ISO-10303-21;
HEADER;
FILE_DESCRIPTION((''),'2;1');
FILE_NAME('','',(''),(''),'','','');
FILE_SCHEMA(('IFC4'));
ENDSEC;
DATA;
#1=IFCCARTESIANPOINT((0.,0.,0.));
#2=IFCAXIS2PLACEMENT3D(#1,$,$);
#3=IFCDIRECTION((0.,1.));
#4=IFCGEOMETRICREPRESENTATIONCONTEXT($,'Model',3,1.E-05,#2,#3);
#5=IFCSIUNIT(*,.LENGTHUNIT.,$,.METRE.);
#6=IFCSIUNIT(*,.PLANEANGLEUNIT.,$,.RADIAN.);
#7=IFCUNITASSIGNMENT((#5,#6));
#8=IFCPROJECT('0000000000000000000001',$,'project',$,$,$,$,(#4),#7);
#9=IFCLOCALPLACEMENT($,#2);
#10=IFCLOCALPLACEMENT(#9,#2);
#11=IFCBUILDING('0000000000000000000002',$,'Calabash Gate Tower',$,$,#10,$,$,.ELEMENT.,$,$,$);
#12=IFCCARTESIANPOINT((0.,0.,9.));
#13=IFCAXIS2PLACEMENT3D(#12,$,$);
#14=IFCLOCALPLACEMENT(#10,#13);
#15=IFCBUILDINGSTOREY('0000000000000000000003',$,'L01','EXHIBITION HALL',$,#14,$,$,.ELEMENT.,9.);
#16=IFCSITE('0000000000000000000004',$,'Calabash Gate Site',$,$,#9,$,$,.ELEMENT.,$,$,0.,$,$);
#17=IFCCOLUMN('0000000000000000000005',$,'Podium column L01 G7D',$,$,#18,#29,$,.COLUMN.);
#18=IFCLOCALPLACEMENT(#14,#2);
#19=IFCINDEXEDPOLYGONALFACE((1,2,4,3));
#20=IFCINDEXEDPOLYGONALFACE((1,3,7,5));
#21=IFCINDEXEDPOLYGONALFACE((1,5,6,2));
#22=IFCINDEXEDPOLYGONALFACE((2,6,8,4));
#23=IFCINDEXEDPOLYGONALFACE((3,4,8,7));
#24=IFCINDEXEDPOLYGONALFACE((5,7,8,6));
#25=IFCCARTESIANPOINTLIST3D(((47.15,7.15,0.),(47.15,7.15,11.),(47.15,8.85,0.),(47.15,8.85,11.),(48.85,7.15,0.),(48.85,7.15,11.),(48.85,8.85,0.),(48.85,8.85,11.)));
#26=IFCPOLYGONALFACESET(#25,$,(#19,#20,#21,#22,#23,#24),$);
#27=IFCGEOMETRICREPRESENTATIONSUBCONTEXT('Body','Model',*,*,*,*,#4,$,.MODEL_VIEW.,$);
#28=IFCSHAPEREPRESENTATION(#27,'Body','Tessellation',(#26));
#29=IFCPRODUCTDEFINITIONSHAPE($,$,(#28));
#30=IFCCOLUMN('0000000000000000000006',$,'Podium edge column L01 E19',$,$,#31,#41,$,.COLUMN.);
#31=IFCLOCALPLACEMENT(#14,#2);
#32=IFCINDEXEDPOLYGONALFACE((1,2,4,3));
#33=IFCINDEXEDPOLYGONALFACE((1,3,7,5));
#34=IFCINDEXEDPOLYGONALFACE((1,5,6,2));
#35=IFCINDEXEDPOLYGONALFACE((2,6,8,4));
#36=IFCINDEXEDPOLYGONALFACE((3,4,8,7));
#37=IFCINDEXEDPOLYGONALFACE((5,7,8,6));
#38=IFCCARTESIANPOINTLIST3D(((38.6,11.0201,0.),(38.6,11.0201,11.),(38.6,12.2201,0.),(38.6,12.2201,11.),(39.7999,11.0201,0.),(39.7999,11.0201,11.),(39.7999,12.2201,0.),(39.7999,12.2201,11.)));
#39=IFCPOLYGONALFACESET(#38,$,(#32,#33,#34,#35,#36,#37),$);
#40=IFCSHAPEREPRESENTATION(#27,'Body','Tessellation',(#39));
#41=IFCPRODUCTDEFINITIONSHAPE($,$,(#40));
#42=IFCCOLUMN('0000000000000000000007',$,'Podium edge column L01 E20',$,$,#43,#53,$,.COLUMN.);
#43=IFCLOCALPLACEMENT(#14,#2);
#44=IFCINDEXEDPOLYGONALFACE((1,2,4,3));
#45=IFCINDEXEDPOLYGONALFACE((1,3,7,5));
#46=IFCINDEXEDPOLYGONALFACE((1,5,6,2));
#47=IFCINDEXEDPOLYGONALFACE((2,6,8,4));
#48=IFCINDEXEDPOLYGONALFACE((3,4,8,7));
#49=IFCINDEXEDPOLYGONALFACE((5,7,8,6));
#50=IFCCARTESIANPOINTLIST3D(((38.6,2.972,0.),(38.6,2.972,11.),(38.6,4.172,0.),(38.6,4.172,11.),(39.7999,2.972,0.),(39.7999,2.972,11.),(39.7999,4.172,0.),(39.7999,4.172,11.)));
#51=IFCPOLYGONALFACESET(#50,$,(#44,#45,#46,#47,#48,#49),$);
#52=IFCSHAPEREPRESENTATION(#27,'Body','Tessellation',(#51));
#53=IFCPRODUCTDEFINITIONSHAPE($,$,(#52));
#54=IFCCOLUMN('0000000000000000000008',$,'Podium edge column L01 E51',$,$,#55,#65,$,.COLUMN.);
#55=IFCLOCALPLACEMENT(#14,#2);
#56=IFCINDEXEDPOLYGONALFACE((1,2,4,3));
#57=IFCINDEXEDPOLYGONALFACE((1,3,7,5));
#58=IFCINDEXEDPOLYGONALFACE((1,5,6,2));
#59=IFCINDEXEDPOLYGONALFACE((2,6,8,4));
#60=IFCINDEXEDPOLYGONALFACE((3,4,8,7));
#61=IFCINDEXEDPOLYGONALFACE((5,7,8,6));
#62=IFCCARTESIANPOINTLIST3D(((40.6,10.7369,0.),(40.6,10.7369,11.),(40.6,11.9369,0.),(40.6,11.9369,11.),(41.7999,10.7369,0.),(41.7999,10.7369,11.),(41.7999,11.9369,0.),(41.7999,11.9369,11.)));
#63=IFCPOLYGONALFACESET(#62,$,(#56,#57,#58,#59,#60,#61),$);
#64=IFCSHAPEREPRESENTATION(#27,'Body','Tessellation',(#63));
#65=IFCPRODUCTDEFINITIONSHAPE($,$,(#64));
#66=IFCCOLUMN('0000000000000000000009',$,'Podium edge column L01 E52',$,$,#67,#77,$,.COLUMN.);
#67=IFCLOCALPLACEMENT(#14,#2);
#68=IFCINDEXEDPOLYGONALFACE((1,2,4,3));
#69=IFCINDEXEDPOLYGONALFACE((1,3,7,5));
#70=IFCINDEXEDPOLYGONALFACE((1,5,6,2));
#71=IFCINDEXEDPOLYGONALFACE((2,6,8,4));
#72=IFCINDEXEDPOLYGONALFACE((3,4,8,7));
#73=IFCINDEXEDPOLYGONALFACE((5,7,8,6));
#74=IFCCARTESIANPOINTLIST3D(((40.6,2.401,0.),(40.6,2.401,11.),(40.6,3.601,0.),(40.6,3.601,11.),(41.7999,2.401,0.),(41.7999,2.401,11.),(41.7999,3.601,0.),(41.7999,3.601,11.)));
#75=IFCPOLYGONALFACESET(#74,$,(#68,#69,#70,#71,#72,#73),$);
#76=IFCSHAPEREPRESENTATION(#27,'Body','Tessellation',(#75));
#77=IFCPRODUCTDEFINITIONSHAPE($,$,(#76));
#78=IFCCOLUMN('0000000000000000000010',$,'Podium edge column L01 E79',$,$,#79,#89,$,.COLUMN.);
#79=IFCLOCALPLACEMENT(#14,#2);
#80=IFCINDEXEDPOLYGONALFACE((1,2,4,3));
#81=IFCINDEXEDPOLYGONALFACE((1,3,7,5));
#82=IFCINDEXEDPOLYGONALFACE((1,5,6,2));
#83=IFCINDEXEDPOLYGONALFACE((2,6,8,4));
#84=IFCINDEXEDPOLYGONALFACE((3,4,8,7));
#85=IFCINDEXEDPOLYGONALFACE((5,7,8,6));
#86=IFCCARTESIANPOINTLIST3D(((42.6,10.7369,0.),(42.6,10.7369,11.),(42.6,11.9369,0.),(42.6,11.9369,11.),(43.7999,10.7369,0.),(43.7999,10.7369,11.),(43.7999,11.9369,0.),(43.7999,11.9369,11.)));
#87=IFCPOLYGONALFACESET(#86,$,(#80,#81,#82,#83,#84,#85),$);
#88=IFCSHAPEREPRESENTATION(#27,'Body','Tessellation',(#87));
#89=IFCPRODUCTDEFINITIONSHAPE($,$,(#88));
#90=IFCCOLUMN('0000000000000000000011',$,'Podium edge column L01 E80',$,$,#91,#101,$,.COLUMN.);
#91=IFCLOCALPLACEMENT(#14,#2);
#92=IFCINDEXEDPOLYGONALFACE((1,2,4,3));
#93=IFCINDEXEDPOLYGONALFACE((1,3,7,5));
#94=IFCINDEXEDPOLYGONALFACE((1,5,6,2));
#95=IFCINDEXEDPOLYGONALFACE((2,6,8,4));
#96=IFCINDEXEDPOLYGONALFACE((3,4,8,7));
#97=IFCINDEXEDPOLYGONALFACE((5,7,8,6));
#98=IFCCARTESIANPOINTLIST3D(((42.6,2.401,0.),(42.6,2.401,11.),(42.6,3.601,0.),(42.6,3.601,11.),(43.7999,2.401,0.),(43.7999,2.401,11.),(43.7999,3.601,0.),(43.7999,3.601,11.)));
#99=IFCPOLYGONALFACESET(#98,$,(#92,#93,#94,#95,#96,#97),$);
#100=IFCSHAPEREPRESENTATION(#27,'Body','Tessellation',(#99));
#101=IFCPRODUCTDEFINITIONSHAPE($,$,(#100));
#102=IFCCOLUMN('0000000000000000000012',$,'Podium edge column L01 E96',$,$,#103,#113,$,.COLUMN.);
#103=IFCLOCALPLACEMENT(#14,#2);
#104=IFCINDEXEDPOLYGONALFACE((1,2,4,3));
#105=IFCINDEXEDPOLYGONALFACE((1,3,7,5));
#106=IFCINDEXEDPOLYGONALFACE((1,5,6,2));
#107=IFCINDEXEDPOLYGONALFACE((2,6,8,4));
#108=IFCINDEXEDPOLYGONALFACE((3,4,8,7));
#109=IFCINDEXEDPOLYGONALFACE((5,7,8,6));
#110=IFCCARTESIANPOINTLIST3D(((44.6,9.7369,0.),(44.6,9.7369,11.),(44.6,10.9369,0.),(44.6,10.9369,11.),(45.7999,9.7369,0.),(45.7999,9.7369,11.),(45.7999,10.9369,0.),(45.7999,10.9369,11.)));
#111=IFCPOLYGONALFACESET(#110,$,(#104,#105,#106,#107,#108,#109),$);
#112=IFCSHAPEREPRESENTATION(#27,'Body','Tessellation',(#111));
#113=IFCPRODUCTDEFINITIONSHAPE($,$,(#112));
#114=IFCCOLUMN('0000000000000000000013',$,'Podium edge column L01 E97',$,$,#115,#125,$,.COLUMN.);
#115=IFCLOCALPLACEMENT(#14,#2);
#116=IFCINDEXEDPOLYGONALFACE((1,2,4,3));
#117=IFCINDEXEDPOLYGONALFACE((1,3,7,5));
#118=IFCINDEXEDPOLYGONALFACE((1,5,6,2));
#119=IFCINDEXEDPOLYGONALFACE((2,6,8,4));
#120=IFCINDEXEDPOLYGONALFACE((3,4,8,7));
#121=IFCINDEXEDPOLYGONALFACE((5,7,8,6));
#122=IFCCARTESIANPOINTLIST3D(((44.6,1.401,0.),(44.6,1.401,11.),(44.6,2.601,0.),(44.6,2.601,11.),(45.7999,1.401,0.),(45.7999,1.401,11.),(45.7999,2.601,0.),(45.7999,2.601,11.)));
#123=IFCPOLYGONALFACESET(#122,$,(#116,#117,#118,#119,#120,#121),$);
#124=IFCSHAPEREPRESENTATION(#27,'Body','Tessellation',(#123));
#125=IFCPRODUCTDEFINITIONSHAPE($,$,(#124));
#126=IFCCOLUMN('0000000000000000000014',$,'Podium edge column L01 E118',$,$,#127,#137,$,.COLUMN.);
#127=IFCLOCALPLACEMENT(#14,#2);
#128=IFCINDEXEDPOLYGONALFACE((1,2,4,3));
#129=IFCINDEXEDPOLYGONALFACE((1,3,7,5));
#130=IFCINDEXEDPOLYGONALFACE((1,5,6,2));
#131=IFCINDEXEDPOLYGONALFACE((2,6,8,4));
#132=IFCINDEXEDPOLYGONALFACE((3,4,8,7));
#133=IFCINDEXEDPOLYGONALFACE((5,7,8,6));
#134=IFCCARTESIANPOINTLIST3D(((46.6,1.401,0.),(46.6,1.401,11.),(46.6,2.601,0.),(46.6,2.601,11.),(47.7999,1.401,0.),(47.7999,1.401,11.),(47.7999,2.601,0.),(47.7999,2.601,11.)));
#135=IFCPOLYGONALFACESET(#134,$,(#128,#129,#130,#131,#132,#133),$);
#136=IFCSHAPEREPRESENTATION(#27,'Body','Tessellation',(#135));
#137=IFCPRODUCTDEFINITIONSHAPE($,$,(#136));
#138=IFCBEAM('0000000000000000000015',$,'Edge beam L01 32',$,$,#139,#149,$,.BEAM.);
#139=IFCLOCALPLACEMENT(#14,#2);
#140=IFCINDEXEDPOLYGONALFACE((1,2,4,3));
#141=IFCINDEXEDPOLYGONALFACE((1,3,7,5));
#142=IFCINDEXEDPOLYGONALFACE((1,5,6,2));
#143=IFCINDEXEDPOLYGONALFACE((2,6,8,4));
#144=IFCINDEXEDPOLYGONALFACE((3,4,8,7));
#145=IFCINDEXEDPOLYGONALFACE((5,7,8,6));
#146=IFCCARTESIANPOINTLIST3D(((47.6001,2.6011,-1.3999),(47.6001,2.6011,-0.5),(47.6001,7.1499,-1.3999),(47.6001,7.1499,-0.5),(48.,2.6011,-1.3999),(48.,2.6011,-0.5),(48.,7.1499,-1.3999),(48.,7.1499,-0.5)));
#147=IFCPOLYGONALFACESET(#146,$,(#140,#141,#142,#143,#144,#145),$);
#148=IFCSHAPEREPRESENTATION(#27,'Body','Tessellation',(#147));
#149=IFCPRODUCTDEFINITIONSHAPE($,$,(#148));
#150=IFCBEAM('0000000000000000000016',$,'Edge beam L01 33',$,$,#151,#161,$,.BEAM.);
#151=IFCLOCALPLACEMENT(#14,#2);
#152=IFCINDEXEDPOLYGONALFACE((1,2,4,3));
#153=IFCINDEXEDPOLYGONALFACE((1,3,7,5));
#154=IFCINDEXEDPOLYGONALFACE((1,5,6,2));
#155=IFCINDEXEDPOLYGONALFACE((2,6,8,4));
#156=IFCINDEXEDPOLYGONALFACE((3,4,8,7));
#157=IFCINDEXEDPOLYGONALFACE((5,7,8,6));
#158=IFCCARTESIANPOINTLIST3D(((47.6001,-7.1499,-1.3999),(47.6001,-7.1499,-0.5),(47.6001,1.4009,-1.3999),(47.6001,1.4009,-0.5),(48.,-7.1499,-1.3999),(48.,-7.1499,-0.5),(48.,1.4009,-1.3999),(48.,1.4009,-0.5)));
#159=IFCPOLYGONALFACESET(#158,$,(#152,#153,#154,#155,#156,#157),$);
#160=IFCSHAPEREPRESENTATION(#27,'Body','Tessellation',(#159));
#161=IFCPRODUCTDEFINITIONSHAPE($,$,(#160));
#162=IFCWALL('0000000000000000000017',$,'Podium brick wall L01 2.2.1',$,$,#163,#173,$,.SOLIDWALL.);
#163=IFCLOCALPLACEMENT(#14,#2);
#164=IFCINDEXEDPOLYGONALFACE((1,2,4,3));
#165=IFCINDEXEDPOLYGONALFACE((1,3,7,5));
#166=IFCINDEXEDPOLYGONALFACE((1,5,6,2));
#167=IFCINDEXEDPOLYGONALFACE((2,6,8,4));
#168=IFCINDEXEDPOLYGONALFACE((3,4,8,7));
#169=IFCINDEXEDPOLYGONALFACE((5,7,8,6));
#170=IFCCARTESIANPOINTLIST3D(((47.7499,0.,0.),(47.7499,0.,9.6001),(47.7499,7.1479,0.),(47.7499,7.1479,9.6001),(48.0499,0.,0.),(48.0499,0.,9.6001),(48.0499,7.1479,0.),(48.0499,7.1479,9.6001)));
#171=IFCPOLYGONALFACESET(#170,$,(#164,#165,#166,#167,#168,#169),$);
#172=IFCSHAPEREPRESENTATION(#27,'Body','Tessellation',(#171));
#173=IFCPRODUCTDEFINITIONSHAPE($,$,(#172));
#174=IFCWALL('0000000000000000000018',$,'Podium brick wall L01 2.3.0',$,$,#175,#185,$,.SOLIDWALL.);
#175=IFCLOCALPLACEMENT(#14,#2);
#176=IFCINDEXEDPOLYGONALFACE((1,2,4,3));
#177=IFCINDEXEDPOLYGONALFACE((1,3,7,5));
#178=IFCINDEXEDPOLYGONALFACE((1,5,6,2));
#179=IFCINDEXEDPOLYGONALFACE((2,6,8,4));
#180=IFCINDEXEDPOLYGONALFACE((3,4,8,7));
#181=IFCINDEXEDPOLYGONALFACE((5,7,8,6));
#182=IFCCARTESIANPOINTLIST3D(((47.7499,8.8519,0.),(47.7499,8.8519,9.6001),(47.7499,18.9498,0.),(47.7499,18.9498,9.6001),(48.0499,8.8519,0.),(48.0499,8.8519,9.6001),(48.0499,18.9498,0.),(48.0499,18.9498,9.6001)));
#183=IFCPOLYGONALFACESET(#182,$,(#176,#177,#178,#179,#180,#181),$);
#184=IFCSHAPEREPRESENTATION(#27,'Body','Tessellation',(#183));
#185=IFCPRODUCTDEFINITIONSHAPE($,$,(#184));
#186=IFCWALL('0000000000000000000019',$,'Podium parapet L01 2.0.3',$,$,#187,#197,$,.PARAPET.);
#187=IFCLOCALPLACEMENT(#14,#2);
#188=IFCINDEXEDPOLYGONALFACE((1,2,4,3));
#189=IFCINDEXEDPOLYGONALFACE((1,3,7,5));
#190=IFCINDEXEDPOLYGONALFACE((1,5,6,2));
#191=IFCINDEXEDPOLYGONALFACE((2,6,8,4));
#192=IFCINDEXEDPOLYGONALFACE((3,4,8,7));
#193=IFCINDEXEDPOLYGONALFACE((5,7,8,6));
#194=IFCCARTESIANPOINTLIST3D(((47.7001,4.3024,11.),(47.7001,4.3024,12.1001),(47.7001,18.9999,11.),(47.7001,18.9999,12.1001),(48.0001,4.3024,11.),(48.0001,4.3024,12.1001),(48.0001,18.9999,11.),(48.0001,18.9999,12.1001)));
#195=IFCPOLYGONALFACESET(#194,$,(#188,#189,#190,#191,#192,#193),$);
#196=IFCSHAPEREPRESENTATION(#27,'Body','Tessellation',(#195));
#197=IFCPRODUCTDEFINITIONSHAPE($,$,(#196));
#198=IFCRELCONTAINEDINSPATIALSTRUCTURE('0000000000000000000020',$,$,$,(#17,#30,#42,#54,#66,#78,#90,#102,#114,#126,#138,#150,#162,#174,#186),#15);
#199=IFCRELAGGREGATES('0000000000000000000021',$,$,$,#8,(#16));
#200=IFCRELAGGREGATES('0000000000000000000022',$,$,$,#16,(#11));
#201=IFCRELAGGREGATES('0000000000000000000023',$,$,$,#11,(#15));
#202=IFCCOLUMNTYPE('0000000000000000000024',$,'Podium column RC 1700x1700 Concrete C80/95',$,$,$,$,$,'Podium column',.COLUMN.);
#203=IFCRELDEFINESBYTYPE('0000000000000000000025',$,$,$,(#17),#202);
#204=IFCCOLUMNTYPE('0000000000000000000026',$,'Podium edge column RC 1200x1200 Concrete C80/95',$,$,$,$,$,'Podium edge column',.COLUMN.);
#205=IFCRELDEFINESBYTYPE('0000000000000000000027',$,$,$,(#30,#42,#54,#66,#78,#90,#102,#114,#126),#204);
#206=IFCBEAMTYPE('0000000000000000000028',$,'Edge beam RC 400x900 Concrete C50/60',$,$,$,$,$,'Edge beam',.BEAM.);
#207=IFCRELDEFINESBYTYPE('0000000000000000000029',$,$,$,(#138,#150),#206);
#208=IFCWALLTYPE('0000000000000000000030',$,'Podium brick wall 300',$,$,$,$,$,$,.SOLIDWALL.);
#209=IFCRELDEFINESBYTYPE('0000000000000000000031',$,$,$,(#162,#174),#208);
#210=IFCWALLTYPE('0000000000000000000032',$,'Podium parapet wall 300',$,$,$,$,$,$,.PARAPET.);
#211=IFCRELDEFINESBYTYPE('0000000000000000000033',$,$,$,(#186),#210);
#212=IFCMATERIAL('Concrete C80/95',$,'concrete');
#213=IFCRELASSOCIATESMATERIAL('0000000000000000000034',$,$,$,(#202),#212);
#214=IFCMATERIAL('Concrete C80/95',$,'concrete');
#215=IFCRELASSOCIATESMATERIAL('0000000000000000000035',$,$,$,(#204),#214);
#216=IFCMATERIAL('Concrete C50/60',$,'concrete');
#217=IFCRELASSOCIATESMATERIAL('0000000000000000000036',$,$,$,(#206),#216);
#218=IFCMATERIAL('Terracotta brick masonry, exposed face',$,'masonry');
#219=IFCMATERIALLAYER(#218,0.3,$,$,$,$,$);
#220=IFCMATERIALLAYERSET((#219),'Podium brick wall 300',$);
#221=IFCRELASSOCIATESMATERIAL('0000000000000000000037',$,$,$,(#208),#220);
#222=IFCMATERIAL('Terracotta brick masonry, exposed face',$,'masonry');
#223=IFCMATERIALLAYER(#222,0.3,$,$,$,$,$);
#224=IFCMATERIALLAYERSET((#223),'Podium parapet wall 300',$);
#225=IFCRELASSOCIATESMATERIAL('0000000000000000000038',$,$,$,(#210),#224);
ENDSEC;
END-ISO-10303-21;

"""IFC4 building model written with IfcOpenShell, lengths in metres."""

from ifc_helpers import new_model, si_unit, direction, frame, frame_2d, origin, origin_2d, place, context, subcontext, project, spatial, rectangle, extrude, material, layer, layer_set, material_profile, profile_set, type_object, element, save


model = new_model("IFC4")

# Units and contexts
model_context = context("Model", 3, precision=1e-05, world=origin(), true_north=direction((0.0, 1.0)))
body_context = subcontext(model_context, "Body", "Model", "MODEL_VIEW")
ifc_project = project(units=[si_unit("LENGTHUNIT", "METRE"), si_unit("PLANEANGLEUNIT", "RADIAN")], contexts=[model_context])

# Site, building, storey
site_placement = place(None, origin())
site = spatial("IfcSite", under=ifc_project, at=site_placement, Name="Calabash Gate Site", CompositionType="ELEMENT", RefElevation=0.0)
building_placement = place(site_placement, origin())
building = spatial("IfcBuilding", under=site, at=building_placement, Name="Calabash Gate Tower", CompositionType="ELEMENT")
storey_placement = place(building_placement, frame((0.0, 0.0, 9.0)))
storey = spatial("IfcBuildingStorey", under=building, at=storey_placement, Name="L01", Description="EXHIBITION HALL", CompositionType="ELEMENT", Elevation=9.0)

# Columns
ifc_material_1 = material(Name="Concrete C80/95", Category="concrete")
ifc_material_profile_1 = material_profile(ifc_material_1, rectangle(XDim=1.7, YDim=1.7, at=origin_2d()))
ifc_profile_set_1 = profile_set([ifc_material_profile_1], Name="Concrete C80/95")
column_type_1 = type_object("IfcColumnType", Name="Podium column RC 1700x1700 Concrete C80/95", ElementType="Podium column", PredefinedType="COLUMN", material=ifc_profile_set_1)
column_placement = place(storey_placement, frame((48.0, 8.0, 0.0), z_axis=(0.0, 0.0, 1.0), x_axis=(1.0, 0.0, 0.0)))
element("IfcColumn", 1, at=column_placement, inside=storey, type_object=column_type_1, Name="Podium column L01 G7D", PredefinedType="COLUMN", context=body_context, shape_type="SweptSolid", body=[
    extrude(rectangle(XDim=1.7, YDim=1.7, at=origin_2d()), origin(), (0.0, 0.0, 1.0), 11.0),
])
ifc_material_2 = material(Name="Concrete C80/95", Category="concrete")
ifc_material_profile_2 = material_profile(ifc_material_2, rectangle(XDim=1.2, YDim=1.2, at=origin_2d()))
ifc_profile_set_2 = profile_set([ifc_material_profile_2], Name="Concrete C80/95")
column_type_2 = type_object("IfcColumnType", Name="Podium edge column RC 1200x1200 Concrete C80/95", ElementType="Podium edge column", PredefinedType="COLUMN", material=ifc_profile_set_2)
for number, where, z_axis, x_axis, name in (
    (2, (39.2, 11.6201, 0.0), (0.0, 0.0, 1.0), (1.0, 0.0, 0.0), "Podium edge column L01 E19"),
    (3, (39.2, 3.572, 0.0), (0.0, 0.0, 1.0), (1.0, 0.0, 0.0), "Podium edge column L01 E20"),
    (4, (41.2, 11.3369, 0.0), (0.0, 0.0, 1.0), (1.0, 0.0, 0.0), "Podium edge column L01 E51"),
    (5, (41.2, 3.001, 0.0), (0.0, 0.0, 1.0), (1.0, 0.0, 0.0), "Podium edge column L01 E52"),
    (6, (43.2, 11.3369, 0.0), (0.0, 0.0, 1.0), (1.0, 0.0, 0.0), "Podium edge column L01 E79"),
    (7, (43.2, 3.001, 0.0), (0.0, 0.0, 1.0), (1.0, 0.0, 0.0), "Podium edge column L01 E80"),
    (8, (45.2, 10.3369, 0.0), (0.0, 0.0, 1.0), (1.0, 0.0, 0.0), "Podium edge column L01 E96"),
    (9, (45.2, 2.001, 0.0), (0.0, 0.0, 1.0), (1.0, 0.0, 0.0), "Podium edge column L01 E97"),
    (10, (47.2, 2.001, 0.0), (0.0, 0.0, 1.0), (1.0, 0.0, 0.0), "Podium edge column L01 E118"),
):
    element("IfcColumn", number, at=place(storey_placement, frame(where, z_axis=z_axis, x_axis=x_axis)), inside=storey, type_object=column_type_2, Name=name, PredefinedType="COLUMN", context=body_context, shape_type="SweptSolid", body=[
        extrude(rectangle(XDim=1.2, YDim=1.2, at=origin_2d()), origin(), (0.0, 0.0, 1.0), 11.0),
    ])

# Beams
ifc_material_3 = material(Name="Concrete C50/60", Category="concrete")
ifc_material_profile_3 = material_profile(ifc_material_3, rectangle(XDim=0.3999, YDim=0.8999, at=origin_2d()))
ifc_profile_set_3 = profile_set([ifc_material_profile_3], Name="Concrete C50/60")
beam_type = type_object("IfcBeamType", Name="Edge beam RC 400x900 Concrete C50/60", ElementType="Edge beam", PredefinedType="BEAM", material=ifc_profile_set_3)
beam_1_placement = place(storey_placement, frame((47.8, 7.1499, -0.95), z_axis=(0.0, -1.0, 0.0), x_axis=(1.0, 0.0, 0.0)))
element("IfcBeam", 11, at=beam_1_placement, inside=storey, type_object=beam_type, Name="Edge beam L01 32", PredefinedType="BEAM", context=body_context, shape_type="SweptSolid", body=[
    extrude(rectangle(XDim=0.3999, YDim=0.8999, at=origin_2d()), origin(), (0.0, 0.0, 1.0), 4.5488),
])
beam_2_placement = place(storey_placement, frame((47.8, 1.4009, -0.95), z_axis=(0.0, -1.0, 0.0), x_axis=(1.0, 0.0, 0.0)))
element("IfcBeam", 12, at=beam_2_placement, inside=storey, type_object=beam_type, Name="Edge beam L01 33", PredefinedType="BEAM", context=body_context, shape_type="SweptSolid", body=[
    extrude(rectangle(XDim=0.3999, YDim=0.8999, at=origin_2d()), origin(), (0.0, 0.0, 1.0), 8.5508),
])

# Walls
ifc_material_4 = material(Name="Terracotta brick masonry, exposed face", Category="masonry")
ifc_layer_1 = layer(ifc_material_4, 0.3)
ifc_layer_set_1 = layer_set([ifc_layer_1], Name="Podium brick wall 300")
wall_type_1 = type_object("IfcWallType", Name="Podium brick wall 300", PredefinedType="SOLIDWALL", material=ifc_layer_set_1)
wall_1_placement = place(storey_placement, frame((47.8999, 0.0, 0.0), z_axis=(0.0, 0.0, 1.0), x_axis=(0.0, 1.0, 0.0)))
element("IfcWall", 13, at=wall_1_placement, inside=storey, type_object=wall_type_1, Name="Podium brick wall L01 2.2.1", PredefinedType="SOLIDWALL", context=body_context, shape_type="SweptSolid", body=[
    extrude(rectangle(XDim=7.1479, YDim=0.3, at=frame_2d((3.574, 0.0))), origin(), (0.0, 0.0, 1.0), 9.6001),
])
wall_2_placement = place(storey_placement, frame((47.8999, 8.8521, 0.0), z_axis=(0.0, 0.0, 1.0), x_axis=(0.0, 1.0, 0.0)))
element("IfcWall", 14, at=wall_2_placement, inside=storey, type_object=wall_type_1, Name="Podium brick wall L01 2.3.0", PredefinedType="SOLIDWALL", context=body_context, shape_type="SweptSolid", body=[
    extrude(rectangle(XDim=10.0979, YDim=0.3, at=frame_2d((5.0488, 0.0))), origin(), (0.0, 0.0, 1.0), 9.6001),
])
ifc_material_5 = material(Name="Terracotta brick masonry, exposed face", Category="masonry")
ifc_layer_2 = layer(ifc_material_5, 0.3)
ifc_layer_set_2 = layer_set([ifc_layer_2], Name="Podium parapet wall 300")
wall_type_2 = type_object("IfcWallType", Name="Podium parapet wall 300", PredefinedType="PARAPET", material=ifc_layer_set_2)
wall_3_placement = place(storey_placement, frame((47.8501, 4.3025, 11.0), z_axis=(0.0, 0.0, 1.0), x_axis=(0.0, 1.0, 0.0)))
element("IfcWall", 15, at=wall_3_placement, inside=storey, type_object=wall_type_2, Name="Podium parapet L01 2.0.3", PredefinedType="PARAPET", context=body_context, shape_type="SweptSolid", body=[
    extrude(rectangle(XDim=14.6975, YDim=0.3, at=frame_2d((7.3486, 0.0))), origin(), (0.0, 0.0, 1.0), 1.1001),
])

save(model, "model.ifc")
